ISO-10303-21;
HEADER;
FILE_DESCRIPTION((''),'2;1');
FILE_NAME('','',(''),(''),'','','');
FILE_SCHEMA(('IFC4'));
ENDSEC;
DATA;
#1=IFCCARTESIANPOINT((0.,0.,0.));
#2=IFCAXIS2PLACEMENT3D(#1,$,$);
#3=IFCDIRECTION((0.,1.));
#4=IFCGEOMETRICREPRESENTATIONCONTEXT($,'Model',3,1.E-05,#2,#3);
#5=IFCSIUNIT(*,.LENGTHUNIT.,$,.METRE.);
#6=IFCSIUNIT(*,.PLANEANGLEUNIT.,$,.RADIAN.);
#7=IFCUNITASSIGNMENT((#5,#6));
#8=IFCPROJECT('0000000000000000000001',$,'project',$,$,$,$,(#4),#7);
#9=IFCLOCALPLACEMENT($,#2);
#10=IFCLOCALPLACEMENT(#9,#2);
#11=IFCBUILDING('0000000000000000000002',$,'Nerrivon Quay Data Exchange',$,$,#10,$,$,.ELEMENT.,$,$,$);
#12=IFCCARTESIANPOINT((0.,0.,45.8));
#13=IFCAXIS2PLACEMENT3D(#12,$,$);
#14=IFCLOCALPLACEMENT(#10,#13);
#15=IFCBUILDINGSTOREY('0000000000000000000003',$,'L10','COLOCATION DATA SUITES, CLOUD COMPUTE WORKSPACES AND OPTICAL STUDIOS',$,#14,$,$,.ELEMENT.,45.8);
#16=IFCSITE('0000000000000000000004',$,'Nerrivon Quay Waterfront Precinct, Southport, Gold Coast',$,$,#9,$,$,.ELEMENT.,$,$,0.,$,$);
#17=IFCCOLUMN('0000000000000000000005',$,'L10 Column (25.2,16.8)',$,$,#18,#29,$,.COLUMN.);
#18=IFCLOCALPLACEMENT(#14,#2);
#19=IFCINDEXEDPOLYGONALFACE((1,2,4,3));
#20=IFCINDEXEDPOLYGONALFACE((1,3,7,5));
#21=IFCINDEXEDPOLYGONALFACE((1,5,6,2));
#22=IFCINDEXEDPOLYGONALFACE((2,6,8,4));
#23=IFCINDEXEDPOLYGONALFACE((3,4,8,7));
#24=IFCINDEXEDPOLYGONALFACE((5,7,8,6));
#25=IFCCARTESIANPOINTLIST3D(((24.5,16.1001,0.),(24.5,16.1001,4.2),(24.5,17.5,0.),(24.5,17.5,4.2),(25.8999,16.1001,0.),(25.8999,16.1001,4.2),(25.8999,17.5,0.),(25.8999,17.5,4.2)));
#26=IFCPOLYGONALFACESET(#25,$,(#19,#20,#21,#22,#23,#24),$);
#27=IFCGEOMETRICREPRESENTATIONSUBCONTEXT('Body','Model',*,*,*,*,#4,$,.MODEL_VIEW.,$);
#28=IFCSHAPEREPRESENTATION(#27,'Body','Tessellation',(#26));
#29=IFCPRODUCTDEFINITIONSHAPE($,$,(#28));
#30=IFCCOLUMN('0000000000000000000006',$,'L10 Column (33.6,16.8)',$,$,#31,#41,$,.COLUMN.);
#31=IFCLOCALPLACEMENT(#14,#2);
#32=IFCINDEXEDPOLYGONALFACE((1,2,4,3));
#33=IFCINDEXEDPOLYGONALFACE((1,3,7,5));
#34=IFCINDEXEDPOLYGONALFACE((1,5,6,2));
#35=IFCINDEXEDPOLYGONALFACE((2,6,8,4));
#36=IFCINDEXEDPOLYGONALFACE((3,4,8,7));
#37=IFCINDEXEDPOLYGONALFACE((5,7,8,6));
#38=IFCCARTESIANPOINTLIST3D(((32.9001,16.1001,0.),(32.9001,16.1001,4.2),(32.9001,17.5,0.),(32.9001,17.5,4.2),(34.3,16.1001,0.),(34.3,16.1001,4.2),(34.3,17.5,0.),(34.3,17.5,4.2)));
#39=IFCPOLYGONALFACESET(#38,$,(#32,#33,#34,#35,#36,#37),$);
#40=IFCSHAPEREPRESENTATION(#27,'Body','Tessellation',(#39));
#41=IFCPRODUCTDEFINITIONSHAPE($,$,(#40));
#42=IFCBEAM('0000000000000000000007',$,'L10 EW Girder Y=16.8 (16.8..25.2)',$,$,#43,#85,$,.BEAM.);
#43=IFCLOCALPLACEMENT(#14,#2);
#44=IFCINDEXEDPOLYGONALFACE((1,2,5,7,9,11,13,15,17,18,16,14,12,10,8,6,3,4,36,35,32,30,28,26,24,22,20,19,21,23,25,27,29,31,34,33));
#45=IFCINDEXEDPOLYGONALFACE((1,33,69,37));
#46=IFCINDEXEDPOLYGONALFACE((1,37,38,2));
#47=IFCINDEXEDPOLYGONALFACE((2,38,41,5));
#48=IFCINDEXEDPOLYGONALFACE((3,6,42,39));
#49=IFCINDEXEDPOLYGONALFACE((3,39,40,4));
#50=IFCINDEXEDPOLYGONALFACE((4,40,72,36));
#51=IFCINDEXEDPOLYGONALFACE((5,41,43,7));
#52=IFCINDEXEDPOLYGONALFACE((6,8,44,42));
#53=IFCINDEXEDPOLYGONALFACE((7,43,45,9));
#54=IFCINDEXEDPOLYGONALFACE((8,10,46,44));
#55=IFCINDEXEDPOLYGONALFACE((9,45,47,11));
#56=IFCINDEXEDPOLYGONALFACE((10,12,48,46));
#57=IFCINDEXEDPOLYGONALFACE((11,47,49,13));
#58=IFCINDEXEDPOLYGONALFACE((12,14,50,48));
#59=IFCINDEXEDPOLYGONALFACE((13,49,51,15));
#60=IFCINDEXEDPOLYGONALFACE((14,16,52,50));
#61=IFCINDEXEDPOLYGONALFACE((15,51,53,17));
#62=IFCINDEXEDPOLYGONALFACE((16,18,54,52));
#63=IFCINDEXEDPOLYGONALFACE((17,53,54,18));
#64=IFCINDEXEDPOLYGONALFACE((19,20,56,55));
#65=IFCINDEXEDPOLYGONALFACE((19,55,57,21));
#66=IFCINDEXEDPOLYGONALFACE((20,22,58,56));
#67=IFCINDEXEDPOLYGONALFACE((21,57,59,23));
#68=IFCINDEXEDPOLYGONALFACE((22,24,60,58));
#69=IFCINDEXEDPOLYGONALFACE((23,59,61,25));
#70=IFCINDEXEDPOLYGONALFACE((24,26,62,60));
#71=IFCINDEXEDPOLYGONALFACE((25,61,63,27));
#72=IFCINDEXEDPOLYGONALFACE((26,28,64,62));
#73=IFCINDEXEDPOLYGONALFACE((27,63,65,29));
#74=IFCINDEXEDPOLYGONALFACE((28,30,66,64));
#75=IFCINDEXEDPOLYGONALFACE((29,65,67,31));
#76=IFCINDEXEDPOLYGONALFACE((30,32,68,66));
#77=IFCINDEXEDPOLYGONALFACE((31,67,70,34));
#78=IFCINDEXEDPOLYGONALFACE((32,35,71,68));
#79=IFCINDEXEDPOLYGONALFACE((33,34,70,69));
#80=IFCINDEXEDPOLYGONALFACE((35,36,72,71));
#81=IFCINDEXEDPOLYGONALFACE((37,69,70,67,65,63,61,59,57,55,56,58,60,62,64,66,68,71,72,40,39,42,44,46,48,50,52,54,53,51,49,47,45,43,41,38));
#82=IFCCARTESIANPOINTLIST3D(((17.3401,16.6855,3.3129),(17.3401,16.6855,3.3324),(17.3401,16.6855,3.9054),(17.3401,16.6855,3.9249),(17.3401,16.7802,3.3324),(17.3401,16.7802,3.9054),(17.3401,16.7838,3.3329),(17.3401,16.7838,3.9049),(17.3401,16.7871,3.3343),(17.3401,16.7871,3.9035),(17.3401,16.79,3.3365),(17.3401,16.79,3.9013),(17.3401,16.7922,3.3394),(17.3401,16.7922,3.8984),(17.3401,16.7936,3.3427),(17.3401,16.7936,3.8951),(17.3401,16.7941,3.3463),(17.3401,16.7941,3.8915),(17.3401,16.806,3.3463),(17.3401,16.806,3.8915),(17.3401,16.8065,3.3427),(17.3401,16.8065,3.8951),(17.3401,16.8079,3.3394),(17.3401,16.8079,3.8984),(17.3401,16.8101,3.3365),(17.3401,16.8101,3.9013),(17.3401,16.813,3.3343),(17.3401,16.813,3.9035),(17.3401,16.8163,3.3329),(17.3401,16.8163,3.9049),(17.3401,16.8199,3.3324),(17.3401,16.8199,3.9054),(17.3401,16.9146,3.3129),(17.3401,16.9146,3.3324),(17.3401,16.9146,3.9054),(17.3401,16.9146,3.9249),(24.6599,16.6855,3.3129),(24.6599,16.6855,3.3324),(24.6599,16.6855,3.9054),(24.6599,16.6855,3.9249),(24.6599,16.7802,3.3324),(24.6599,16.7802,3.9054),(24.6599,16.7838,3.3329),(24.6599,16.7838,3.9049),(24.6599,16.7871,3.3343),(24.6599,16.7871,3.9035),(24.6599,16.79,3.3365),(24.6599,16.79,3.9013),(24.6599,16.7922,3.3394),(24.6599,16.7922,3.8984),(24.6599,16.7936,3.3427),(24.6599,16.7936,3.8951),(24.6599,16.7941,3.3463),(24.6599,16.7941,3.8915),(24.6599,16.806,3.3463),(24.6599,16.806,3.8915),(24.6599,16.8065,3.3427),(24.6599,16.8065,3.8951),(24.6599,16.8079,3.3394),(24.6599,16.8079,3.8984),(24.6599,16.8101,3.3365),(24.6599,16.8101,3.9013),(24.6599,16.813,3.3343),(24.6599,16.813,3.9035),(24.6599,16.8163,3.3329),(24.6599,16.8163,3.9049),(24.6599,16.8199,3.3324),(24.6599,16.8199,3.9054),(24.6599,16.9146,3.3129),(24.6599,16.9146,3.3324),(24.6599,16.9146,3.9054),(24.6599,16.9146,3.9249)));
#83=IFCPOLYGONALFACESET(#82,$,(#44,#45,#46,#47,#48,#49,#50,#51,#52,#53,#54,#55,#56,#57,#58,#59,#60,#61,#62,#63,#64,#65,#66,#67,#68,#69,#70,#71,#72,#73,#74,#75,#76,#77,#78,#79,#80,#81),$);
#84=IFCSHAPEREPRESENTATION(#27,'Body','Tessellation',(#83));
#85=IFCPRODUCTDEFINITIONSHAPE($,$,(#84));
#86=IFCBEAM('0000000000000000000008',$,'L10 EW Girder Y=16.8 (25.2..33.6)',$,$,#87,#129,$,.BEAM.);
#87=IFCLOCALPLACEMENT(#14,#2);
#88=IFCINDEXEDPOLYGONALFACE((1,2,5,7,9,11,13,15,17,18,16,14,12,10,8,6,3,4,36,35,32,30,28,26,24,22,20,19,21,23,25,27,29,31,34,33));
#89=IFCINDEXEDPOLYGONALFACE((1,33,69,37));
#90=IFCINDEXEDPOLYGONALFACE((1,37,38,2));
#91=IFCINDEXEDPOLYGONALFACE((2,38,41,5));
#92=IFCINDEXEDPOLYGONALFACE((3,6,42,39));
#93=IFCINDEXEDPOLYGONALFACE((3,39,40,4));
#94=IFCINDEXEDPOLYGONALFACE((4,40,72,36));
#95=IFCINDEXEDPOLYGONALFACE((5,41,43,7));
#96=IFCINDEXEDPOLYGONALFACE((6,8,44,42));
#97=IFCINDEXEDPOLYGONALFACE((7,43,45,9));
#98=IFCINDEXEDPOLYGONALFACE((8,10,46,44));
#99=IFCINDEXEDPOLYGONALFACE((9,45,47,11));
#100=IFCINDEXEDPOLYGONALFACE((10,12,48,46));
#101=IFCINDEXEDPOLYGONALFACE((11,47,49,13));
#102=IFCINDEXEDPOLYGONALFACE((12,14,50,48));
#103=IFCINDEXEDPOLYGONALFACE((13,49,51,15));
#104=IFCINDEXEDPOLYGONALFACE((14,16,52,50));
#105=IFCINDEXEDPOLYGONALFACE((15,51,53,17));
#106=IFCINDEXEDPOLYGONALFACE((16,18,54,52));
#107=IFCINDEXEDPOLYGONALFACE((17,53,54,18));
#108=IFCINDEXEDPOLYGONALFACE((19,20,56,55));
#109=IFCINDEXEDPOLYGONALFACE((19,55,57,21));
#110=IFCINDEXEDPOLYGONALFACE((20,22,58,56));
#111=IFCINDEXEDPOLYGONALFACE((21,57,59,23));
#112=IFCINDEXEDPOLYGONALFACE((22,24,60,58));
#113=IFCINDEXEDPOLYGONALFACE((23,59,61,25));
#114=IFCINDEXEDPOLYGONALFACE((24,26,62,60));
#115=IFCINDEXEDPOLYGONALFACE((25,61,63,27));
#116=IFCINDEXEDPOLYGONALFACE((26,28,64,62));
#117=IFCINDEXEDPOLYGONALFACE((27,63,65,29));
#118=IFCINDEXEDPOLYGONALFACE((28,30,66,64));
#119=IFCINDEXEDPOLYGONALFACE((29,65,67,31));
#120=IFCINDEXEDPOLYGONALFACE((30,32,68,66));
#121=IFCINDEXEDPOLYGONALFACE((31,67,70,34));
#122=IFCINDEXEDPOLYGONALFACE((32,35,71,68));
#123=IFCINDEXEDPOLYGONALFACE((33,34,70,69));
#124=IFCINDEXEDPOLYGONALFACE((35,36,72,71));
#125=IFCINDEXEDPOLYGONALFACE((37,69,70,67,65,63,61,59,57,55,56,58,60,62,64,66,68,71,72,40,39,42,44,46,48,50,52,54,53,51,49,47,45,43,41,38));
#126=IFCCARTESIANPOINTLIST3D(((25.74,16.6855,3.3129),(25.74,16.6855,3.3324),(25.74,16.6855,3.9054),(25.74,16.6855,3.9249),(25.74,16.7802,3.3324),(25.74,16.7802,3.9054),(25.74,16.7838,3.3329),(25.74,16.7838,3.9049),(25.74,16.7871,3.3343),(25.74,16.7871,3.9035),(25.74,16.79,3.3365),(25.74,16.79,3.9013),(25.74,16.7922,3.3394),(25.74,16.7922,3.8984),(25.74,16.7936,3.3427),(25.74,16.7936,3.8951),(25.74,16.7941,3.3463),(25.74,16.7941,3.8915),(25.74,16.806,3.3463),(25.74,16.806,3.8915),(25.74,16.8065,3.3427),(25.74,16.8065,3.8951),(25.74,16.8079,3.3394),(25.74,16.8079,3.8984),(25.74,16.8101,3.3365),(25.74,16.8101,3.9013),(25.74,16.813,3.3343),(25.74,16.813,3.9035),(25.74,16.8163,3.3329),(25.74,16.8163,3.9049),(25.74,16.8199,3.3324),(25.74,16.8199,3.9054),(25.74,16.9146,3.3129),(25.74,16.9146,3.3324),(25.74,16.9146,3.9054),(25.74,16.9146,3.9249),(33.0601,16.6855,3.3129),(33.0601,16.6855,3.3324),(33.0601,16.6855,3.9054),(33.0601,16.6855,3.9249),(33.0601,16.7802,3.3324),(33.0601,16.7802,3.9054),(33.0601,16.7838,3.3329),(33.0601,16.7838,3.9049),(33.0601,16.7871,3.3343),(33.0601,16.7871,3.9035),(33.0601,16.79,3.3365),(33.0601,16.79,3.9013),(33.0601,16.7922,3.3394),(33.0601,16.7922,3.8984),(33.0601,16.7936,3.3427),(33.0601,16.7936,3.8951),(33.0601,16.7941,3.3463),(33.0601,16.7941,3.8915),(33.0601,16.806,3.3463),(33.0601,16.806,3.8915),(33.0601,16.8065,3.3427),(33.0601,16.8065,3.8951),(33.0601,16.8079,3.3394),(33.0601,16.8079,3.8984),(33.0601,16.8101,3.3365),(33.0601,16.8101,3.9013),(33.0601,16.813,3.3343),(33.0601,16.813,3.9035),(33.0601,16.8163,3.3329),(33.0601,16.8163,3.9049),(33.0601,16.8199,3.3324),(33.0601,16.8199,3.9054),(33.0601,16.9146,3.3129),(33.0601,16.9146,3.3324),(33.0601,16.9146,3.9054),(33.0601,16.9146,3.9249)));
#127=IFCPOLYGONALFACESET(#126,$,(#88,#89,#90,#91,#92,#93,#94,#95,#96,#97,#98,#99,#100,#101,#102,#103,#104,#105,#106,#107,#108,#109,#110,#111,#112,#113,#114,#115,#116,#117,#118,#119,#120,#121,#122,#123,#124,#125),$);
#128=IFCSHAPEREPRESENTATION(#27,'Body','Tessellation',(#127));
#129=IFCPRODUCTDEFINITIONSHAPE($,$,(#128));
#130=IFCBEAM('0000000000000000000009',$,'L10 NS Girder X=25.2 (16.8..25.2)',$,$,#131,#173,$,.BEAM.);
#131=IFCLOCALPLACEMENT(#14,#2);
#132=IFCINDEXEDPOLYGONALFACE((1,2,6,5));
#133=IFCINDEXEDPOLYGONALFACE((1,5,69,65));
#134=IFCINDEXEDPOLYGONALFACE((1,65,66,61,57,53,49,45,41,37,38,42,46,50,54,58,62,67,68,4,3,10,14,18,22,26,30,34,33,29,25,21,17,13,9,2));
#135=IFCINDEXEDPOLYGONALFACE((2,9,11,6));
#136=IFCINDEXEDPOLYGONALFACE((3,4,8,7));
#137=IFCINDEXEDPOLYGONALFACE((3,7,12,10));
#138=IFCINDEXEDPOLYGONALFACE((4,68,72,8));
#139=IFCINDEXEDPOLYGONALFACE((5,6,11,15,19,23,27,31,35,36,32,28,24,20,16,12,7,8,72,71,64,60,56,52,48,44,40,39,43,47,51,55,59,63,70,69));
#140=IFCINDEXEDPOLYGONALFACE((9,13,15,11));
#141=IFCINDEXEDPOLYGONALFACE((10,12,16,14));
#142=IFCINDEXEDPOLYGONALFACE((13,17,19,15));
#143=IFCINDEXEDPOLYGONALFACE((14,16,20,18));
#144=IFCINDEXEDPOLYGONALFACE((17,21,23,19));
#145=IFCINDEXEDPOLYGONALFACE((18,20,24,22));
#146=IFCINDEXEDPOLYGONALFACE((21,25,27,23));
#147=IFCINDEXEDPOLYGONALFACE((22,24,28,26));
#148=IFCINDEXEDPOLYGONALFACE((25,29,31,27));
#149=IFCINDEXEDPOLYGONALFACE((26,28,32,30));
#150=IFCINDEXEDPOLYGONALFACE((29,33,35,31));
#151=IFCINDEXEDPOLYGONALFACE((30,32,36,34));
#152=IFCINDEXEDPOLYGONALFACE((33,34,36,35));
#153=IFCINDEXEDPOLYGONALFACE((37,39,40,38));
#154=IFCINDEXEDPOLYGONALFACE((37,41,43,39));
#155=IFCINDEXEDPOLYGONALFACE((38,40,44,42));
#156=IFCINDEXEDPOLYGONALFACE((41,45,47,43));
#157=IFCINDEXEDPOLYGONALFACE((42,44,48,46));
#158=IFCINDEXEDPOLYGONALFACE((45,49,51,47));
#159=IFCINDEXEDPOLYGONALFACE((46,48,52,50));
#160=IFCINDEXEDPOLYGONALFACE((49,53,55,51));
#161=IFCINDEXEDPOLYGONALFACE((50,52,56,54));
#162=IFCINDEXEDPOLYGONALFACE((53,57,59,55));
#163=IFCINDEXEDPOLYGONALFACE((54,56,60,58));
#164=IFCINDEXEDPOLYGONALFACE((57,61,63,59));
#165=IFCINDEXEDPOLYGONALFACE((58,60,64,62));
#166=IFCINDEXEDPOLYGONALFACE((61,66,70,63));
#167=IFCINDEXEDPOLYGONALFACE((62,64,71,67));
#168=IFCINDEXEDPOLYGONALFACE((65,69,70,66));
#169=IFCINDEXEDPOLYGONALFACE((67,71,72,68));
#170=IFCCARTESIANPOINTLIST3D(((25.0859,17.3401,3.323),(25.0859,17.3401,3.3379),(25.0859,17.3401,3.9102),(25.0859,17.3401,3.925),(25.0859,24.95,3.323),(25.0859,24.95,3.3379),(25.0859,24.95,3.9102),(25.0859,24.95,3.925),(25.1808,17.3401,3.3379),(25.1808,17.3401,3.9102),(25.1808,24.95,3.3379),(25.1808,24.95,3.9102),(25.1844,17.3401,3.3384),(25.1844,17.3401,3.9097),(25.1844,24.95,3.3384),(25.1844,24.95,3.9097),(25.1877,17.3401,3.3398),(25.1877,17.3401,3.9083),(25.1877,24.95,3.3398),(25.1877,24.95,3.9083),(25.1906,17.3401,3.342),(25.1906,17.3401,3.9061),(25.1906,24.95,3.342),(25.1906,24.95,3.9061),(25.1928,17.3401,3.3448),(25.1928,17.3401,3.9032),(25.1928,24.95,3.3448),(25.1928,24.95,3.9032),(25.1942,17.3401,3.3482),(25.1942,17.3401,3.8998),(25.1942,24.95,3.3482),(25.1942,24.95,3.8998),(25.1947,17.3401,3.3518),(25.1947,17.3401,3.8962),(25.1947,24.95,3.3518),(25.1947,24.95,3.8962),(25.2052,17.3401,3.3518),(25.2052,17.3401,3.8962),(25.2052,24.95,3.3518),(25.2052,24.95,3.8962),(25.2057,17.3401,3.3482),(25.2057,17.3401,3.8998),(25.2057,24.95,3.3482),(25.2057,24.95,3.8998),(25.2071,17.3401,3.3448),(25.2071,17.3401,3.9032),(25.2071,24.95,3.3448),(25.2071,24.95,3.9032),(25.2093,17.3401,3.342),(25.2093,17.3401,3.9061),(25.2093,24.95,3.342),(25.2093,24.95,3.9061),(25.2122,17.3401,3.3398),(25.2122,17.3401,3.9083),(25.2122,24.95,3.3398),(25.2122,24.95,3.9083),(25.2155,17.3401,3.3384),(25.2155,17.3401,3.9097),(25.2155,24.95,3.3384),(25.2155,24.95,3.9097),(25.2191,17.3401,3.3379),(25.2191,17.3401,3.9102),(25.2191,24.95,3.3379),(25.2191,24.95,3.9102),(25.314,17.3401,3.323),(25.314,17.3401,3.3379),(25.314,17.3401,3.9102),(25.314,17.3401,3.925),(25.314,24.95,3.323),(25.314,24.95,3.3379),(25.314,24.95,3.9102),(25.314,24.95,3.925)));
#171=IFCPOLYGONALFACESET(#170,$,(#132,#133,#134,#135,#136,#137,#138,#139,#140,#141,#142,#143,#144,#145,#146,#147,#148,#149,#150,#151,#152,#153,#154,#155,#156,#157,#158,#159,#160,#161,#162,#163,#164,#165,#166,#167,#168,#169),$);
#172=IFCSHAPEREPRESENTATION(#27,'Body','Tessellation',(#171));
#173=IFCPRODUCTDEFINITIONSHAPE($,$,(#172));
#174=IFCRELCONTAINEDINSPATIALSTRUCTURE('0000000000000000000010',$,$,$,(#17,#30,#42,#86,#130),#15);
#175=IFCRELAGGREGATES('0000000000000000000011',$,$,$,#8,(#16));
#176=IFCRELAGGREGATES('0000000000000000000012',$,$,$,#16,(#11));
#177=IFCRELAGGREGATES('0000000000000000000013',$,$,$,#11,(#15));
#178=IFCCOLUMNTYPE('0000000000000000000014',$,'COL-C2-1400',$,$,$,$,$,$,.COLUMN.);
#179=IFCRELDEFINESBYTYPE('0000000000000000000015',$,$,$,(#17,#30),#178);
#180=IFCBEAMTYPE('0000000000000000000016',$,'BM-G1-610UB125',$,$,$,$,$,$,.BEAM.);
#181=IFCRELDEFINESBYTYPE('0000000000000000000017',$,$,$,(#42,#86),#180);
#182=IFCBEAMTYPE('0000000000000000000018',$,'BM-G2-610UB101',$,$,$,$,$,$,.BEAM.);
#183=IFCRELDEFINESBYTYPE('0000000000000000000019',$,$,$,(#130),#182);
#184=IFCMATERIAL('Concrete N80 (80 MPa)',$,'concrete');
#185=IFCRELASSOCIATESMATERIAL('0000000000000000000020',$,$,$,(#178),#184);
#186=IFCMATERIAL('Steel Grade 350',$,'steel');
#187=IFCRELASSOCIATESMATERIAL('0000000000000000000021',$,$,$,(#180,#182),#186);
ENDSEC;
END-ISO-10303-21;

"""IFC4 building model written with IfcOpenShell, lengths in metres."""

from ifc_helpers import new_model, si_unit, direction, frame, origin, origin_2d, place, context, subcontext, project, spatial, rectangle, i_section, extrude, material, material_profile, profile_set, type_object, element, save


model = new_model("IFC4")

# Units and contexts
model_context = context("Model", 3, precision=1e-05, world=origin(), true_north=direction((0.0, 1.0)))
body_context = subcontext(model_context, "Body", "Model", "MODEL_VIEW")
ifc_project = project(units=[si_unit("LENGTHUNIT", "METRE"), si_unit("PLANEANGLEUNIT", "RADIAN")], contexts=[model_context])

# Site, building, storey
site_placement = place(None, origin())
site = spatial("IfcSite", under=ifc_project, at=site_placement, Name="Nerrivon Quay Waterfront Precinct, Southport, Gold Coast", CompositionType="ELEMENT", RefElevation=0.0)
building_placement = place(site_placement, origin())
building = spatial("IfcBuilding", under=site, at=building_placement, Name="Nerrivon Quay Data Exchange", CompositionType="ELEMENT")
storey_placement = place(building_placement, frame((0.0, 0.0, 45.8)))
storey = spatial("IfcBuildingStorey", under=building, at=storey_placement, Name="L10", Description="COLOCATION DATA SUITES, CLOUD COMPUTE WORKSPACES AND OPTICAL STUDIOS", CompositionType="ELEMENT", Elevation=45.8)

# Columns
ifc_material_1 = material(Name="Concrete N80 (80 MPa)", Category="concrete")
ifc_material_profile_1 = material_profile(ifc_material_1, rectangle(XDim=1.3999, YDim=1.3999, at=origin_2d()), Name="RC-COL-1400x1400")
ifc_profile_set_1 = profile_set([ifc_material_profile_1], Name="Concrete N80 (80 MPa)")
column_type = type_object("IfcColumnType", Name="COL-C2-1400", PredefinedType="COLUMN", material=ifc_profile_set_1)
for number, where, z_axis, x_axis, name in (
    (1, (25.2, 16.8, 0.0), (0.0, 0.0, 1.0), (1.0, 0.0, 0.0), "L10 Column (25.2,16.8)"),
    (2, (33.6001, 16.8, 0.0), (0.0, 0.0, 1.0), (1.0, 0.0, 0.0), "L10 Column (33.6,16.8)"),
):
    element("IfcColumn", number, at=place(storey_placement, frame(where, z_axis=z_axis, x_axis=x_axis)), inside=storey, type_object=column_type, Name=name, PredefinedType="COLUMN", context=body_context, shape_type="SweptSolid", body=[
        extrude(rectangle(XDim=1.3999, YDim=1.3999, at=origin_2d()), origin(), (0.0, 0.0, 1.0), 4.2),
    ])

# Beams
ifc_material_2 = material(Name="Steel Grade 350", Category="steel")
ifc_material_profile_2 = material_profile(ifc_material_2, i_section(OverallWidth=0.229, OverallDepth=0.6121, WebThickness=0.012, FlangeThickness=0.0195, FilletRadius=0.0139, at=origin_2d()), Name="610UB125")
ifc_profile_set_2 = profile_set([ifc_material_profile_2], Name="Steel Grade 350")
beam_type_1 = type_object("IfcBeamType", Name="BM-G1-610UB125", PredefinedType="BEAM", material=ifc_profile_set_2)
beam_1_placement = place(storey_placement, frame((17.3401, 16.8, 3.6189), z_axis=(1.0, 0.0, 0.0), x_axis=(0.0, 1.0, 0.0)))
element("IfcBeam", 3, at=beam_1_placement, inside=storey, type_object=beam_type_1, Name="L10 EW Girder Y=16.8 (16.8..25.2)", PredefinedType="BEAM", context=body_context, shape_type="SweptSolid", body=[
    extrude(i_section(OverallWidth=0.229, OverallDepth=0.6121, WebThickness=0.012, FlangeThickness=0.0195, FilletRadius=0.0139, at=origin_2d()), origin(), (0.0, 0.0, 1.0), 7.3198),
])
beam_2_placement = place(storey_placement, frame((25.74, 16.8, 3.6189), z_axis=(1.0, 0.0, 0.0), x_axis=(0.0, 1.0, 0.0)))
element("IfcBeam", 4, at=beam_2_placement, inside=storey, type_object=beam_type_1, Name="L10 EW Girder Y=16.8 (25.2..33.6)", PredefinedType="BEAM", context=body_context, shape_type="SweptSolid", body=[
    extrude(i_section(OverallWidth=0.229, OverallDepth=0.6121, WebThickness=0.012, FlangeThickness=0.0195, FilletRadius=0.0139, at=origin_2d()), origin(), (0.0, 0.0, 1.0), 7.3201),
])
ifc_material_profile_3 = material_profile(ifc_material_2, i_section(OverallWidth=0.228, OverallDepth=0.6021, WebThickness=0.0105, FlangeThickness=0.0149, FilletRadius=0.0139, at=origin_2d()), Name="610UB101")
ifc_profile_set_3 = profile_set([ifc_material_profile_3], Name="Steel Grade 350")
beam_type_2 = type_object("IfcBeamType", Name="BM-G2-610UB101", PredefinedType="BEAM", material=ifc_profile_set_3)
for number, where, z_axis, x_axis, name in (
    (5, (25.2, 17.3401, 3.624), (0.0, 1.0, 0.0), (-1.0, 0.0, 0.0), "L10 NS Girder X=25.2 (16.8..25.2)"),
):
    element("IfcBeam", number, at=place(storey_placement, frame(where, z_axis=z_axis, x_axis=x_axis)), inside=storey, type_object=beam_type_2, Name=name, PredefinedType="BEAM", context=body_context, shape_type="SweptSolid", body=[
        extrude(i_section(OverallWidth=0.228, OverallDepth=0.6021, WebThickness=0.0105, FlangeThickness=0.0149, FilletRadius=0.0139, at=origin_2d()), origin(), (0.0, 0.0, 1.0), 7.6099),
    ])

save(model, "model.ifc")
